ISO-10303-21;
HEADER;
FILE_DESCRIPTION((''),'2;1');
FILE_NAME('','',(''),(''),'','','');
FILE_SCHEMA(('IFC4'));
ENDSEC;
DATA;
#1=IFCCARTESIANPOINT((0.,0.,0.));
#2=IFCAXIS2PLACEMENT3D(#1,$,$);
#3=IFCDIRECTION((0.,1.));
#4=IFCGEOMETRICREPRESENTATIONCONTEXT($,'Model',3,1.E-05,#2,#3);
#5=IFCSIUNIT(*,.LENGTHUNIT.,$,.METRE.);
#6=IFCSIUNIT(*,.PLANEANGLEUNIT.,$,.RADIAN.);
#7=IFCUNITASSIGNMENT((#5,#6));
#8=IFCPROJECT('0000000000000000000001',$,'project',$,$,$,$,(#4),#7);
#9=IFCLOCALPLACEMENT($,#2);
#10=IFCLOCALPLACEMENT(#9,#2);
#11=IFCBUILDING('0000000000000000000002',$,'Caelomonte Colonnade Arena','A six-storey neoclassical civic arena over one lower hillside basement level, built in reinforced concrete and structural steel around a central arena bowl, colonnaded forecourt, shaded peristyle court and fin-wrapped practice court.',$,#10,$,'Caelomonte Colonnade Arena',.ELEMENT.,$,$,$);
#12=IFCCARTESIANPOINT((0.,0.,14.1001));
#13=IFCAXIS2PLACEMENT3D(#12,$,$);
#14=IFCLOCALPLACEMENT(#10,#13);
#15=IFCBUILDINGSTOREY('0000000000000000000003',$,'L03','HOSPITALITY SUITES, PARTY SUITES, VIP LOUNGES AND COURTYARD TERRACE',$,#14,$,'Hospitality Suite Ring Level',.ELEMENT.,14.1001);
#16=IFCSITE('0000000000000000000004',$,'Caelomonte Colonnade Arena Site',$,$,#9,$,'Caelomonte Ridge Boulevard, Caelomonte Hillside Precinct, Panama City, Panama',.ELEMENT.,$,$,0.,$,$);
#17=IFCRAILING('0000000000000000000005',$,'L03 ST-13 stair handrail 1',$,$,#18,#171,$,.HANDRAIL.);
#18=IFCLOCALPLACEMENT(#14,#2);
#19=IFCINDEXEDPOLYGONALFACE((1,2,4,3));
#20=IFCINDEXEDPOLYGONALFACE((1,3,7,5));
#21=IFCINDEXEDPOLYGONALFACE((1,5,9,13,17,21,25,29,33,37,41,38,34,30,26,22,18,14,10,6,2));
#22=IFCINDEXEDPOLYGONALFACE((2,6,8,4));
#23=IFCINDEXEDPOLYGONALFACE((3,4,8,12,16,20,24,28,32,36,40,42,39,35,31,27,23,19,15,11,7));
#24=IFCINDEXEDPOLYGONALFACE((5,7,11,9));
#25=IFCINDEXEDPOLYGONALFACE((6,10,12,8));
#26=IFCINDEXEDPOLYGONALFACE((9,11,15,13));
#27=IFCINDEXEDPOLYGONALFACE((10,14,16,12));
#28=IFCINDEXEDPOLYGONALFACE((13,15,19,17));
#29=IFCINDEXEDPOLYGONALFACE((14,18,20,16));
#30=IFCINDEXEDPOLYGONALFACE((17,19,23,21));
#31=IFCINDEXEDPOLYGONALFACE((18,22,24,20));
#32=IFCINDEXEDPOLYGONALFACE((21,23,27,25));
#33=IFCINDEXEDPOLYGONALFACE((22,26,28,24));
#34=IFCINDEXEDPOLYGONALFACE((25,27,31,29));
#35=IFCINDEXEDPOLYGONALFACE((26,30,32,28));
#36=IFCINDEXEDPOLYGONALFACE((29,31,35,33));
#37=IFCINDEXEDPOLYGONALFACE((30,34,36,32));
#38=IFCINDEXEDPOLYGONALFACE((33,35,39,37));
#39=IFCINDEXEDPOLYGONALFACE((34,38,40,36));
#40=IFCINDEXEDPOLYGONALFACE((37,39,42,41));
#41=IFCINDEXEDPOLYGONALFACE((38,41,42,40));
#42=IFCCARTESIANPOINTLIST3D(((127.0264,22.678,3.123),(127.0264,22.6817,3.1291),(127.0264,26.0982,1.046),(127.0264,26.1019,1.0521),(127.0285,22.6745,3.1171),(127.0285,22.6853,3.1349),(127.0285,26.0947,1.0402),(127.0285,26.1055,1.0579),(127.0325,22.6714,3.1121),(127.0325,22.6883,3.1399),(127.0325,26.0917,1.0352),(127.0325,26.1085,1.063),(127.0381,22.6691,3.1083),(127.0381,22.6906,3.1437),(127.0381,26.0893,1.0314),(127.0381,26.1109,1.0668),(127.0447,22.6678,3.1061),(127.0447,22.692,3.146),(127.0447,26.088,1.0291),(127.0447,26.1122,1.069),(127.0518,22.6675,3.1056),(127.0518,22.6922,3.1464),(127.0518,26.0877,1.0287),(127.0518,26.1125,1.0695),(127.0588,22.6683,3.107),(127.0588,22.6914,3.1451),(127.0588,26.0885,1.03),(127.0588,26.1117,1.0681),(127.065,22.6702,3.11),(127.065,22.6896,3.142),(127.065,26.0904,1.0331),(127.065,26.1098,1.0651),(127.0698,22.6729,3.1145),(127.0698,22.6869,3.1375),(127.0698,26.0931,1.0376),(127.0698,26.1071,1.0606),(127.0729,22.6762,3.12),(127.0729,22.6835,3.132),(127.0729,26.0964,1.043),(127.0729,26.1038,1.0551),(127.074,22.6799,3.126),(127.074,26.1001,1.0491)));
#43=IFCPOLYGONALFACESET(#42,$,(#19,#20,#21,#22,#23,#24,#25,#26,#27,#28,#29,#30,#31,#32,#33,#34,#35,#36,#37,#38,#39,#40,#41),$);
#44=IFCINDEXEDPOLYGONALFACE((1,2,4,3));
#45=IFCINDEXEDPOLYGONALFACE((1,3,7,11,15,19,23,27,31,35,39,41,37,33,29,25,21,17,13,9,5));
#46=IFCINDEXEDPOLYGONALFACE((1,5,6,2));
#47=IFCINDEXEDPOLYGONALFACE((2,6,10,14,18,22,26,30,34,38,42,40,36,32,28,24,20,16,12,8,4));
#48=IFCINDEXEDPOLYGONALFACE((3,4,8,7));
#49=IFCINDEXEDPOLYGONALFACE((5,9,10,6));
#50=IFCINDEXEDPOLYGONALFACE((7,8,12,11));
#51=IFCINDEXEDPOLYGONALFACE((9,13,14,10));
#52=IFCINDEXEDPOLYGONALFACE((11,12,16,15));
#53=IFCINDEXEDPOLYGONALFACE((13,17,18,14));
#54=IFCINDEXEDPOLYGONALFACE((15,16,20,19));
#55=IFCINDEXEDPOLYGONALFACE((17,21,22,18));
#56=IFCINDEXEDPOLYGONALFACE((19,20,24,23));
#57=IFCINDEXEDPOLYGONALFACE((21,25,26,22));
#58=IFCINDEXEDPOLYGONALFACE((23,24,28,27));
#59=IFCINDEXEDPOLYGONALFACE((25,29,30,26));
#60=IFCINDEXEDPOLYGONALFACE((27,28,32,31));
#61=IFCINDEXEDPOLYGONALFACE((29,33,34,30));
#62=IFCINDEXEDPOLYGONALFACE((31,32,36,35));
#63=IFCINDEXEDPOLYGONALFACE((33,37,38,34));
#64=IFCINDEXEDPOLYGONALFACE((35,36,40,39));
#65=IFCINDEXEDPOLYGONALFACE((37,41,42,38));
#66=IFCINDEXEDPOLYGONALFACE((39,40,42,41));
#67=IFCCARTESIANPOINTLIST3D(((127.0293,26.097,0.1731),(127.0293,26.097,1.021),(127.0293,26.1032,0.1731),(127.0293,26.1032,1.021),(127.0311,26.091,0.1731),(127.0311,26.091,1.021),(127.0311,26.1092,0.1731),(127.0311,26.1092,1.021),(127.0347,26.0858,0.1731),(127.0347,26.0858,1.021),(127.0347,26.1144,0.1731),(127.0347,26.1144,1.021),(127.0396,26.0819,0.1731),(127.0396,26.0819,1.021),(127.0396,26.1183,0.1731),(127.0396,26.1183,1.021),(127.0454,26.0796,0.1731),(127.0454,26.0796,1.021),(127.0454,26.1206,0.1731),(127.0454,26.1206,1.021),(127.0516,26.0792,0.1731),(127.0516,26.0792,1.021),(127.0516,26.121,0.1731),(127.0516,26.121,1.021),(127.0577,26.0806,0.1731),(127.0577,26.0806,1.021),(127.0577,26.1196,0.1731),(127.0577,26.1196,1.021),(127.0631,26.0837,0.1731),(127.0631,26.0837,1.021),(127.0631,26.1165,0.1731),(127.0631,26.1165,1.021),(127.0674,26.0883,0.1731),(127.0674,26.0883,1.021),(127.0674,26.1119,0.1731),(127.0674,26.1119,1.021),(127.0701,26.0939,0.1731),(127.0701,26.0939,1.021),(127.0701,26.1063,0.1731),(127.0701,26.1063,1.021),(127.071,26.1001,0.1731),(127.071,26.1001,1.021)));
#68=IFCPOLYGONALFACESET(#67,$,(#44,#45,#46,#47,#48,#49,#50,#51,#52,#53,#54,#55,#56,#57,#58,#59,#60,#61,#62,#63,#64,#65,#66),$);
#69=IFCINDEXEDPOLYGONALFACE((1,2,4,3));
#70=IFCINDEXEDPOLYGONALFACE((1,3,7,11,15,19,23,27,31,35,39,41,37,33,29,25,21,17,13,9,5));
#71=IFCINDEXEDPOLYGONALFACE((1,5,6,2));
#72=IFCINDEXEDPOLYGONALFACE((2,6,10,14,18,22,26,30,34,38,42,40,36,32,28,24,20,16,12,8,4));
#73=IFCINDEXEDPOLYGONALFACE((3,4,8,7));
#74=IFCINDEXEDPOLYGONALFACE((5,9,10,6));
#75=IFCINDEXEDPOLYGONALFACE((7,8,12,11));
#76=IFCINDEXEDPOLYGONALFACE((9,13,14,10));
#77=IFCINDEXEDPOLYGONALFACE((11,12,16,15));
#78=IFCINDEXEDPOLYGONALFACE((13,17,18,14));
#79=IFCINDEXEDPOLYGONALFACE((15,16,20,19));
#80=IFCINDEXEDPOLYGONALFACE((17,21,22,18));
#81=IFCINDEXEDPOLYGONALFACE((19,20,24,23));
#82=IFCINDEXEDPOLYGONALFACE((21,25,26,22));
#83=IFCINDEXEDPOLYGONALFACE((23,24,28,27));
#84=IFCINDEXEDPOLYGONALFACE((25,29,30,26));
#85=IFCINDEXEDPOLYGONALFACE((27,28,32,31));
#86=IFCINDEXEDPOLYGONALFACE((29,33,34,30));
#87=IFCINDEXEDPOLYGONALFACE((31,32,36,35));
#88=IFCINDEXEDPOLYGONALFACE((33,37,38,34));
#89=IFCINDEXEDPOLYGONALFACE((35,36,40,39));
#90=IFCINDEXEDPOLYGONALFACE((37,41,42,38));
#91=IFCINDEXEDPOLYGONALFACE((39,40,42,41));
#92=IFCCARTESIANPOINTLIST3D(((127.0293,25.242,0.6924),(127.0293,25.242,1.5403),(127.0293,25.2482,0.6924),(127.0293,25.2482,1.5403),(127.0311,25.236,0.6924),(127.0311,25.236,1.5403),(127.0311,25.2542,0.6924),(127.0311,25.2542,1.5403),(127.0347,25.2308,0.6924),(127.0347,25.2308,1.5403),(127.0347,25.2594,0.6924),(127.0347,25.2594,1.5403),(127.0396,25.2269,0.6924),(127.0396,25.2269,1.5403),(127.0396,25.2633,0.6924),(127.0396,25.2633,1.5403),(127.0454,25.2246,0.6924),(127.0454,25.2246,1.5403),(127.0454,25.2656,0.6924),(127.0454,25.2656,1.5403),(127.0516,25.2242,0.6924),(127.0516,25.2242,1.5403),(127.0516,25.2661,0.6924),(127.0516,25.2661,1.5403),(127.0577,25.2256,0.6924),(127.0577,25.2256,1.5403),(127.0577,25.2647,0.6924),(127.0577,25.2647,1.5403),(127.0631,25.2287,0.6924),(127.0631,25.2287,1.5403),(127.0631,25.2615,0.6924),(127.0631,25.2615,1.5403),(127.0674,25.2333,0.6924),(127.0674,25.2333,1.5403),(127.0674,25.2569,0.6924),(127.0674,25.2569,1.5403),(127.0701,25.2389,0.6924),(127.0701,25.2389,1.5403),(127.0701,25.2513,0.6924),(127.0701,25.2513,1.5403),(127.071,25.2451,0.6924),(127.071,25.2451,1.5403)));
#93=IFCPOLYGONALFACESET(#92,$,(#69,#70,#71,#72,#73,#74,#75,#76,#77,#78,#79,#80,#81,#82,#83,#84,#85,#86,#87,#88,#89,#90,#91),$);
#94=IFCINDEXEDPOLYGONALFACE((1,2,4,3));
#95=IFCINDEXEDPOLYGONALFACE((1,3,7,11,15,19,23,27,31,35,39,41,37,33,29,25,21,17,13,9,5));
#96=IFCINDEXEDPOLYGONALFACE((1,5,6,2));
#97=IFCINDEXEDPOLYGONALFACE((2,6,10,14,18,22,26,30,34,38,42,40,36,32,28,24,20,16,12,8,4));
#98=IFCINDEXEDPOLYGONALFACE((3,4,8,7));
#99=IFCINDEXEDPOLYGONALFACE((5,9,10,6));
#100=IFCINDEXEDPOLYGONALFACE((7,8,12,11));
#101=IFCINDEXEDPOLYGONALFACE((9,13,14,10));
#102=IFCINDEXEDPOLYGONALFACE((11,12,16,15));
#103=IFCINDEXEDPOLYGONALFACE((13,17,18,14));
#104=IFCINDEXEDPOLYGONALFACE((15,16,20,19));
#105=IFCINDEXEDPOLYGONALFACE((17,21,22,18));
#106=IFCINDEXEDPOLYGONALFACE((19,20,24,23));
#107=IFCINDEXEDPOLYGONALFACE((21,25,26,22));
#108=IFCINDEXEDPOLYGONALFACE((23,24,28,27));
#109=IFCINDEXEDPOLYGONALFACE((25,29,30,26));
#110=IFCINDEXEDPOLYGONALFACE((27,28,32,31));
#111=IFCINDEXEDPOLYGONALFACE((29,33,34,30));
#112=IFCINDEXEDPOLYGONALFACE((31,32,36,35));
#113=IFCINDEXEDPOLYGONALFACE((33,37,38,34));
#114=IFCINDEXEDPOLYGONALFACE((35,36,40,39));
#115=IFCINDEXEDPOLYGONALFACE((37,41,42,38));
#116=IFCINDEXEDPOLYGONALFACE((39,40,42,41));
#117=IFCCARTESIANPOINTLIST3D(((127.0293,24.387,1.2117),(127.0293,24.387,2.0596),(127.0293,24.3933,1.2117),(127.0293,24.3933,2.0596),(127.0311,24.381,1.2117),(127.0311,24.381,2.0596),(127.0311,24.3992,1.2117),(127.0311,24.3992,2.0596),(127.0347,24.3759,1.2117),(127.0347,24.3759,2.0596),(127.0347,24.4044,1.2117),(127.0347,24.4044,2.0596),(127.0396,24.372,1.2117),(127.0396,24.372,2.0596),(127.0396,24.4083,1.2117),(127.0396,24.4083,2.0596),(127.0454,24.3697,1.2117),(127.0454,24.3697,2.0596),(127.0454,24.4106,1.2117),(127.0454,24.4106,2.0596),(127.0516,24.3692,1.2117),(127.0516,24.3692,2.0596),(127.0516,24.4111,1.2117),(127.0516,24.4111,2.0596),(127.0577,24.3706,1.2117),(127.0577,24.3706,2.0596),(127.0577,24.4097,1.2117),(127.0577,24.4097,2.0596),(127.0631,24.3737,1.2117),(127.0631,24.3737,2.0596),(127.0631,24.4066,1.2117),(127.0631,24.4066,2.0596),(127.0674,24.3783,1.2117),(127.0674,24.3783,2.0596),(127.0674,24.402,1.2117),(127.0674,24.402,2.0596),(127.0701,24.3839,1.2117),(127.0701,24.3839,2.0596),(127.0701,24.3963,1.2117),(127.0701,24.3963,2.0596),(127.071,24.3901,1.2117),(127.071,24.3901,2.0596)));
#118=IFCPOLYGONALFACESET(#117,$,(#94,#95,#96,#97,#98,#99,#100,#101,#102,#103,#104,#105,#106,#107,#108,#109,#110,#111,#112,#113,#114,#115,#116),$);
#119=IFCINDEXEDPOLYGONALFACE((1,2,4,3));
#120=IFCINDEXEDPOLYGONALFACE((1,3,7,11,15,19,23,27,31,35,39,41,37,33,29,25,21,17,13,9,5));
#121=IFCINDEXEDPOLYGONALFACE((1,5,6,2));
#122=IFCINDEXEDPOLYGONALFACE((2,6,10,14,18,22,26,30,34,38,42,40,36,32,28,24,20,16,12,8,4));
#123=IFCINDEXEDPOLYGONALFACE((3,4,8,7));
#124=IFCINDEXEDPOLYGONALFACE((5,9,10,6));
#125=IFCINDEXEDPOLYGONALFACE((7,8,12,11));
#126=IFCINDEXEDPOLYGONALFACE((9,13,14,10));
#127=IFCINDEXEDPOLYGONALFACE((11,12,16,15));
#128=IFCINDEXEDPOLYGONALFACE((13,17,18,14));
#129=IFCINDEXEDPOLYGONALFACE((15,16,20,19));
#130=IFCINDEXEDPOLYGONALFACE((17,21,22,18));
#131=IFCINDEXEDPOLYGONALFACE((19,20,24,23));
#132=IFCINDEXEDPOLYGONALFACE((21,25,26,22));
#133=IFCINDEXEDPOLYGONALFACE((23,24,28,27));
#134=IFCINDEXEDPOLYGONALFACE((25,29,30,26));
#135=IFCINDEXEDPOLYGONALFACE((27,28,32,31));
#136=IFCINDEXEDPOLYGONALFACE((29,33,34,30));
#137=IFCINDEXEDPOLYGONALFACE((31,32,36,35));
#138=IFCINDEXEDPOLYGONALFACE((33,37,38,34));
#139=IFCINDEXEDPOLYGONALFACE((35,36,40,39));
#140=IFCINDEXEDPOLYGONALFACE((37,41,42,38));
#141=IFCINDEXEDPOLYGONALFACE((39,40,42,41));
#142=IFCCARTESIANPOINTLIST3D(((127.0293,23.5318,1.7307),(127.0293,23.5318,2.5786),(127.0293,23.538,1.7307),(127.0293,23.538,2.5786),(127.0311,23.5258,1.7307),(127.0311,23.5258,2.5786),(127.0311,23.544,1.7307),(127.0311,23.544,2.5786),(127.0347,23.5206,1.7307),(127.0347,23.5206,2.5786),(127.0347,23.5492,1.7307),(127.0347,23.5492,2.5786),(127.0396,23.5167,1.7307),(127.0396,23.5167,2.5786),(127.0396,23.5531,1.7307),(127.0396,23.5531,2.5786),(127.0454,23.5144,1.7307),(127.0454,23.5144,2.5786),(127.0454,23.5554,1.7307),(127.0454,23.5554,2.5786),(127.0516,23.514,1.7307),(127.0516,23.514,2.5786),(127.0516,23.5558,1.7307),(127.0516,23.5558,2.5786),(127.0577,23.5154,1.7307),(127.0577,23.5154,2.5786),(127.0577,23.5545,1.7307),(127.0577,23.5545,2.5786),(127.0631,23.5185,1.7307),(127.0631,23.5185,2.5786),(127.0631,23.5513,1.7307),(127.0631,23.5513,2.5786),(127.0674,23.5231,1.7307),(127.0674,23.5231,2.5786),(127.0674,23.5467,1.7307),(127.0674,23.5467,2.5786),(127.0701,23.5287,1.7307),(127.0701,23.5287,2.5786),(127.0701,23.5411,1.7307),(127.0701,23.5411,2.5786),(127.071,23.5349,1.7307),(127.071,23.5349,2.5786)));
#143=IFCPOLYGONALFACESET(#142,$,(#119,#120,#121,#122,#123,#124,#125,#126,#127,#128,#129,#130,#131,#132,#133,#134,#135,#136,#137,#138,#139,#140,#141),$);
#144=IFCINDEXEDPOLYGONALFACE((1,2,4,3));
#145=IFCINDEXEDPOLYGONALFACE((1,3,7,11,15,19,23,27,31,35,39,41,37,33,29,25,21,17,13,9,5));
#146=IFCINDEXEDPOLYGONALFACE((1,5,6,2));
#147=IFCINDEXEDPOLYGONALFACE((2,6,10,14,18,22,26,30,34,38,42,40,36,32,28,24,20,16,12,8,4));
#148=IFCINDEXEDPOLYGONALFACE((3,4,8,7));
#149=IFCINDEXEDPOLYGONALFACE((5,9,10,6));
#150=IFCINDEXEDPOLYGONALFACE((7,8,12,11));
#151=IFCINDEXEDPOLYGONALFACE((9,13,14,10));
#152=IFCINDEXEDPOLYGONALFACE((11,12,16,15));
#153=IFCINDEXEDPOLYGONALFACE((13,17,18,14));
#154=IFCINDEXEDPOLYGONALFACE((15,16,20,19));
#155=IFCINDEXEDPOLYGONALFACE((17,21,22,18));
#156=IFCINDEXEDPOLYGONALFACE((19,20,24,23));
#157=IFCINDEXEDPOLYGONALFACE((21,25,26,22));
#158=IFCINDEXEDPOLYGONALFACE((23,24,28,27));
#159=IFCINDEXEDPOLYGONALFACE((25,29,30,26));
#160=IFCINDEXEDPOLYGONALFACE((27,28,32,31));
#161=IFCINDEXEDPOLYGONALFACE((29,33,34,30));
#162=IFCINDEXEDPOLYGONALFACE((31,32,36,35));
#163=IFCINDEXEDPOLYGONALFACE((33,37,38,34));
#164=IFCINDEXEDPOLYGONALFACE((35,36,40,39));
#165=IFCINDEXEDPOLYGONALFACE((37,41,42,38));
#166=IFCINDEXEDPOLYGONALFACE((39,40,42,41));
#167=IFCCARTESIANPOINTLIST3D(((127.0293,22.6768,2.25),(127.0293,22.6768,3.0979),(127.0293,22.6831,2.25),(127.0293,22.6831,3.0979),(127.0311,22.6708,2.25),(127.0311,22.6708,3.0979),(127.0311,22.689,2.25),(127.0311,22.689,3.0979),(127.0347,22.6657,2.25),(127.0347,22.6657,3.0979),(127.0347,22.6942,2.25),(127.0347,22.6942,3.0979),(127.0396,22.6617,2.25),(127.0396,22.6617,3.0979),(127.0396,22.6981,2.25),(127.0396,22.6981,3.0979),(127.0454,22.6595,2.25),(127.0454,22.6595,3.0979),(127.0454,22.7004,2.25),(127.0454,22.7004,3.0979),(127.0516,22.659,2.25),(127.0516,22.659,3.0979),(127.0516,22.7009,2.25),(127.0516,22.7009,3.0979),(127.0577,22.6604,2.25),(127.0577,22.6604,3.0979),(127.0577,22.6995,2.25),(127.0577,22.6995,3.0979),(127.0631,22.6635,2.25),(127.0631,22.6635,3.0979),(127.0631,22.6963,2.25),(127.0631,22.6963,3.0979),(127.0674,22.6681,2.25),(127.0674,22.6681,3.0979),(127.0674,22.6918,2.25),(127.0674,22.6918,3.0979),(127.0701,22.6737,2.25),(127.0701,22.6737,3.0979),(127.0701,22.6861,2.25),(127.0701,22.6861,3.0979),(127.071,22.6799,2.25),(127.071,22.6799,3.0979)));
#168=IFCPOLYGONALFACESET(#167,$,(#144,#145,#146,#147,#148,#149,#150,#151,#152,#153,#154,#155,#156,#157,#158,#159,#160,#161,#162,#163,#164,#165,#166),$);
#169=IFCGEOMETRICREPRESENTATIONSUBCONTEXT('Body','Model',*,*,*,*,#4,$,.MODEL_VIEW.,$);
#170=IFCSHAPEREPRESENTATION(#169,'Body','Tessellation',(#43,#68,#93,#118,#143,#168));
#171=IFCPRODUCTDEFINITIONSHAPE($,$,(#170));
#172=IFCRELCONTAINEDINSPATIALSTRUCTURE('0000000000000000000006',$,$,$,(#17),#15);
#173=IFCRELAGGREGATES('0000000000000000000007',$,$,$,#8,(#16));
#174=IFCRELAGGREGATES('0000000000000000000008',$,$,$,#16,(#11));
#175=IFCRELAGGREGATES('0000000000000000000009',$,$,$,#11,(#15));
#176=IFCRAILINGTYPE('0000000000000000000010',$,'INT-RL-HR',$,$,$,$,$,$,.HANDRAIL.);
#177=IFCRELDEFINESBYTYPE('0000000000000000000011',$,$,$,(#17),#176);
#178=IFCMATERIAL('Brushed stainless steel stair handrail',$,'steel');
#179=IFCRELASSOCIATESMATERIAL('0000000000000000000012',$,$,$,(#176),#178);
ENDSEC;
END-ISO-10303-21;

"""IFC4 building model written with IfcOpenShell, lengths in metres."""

from ifc_helpers import new_model, si_unit, direction, frame, origin, origin_2d, place, context, subcontext, project, spatial, circle, extrude, material, type_object, element, save


model = new_model("IFC4")

# Units and contexts
model_context = context("Model", 3, precision=1e-05, world=origin(), true_north=direction((0.0, 1.0)))
body_context = subcontext(model_context, "Body", "Model", "MODEL_VIEW")
ifc_project = project(units=[si_unit("LENGTHUNIT", "METRE"), si_unit("PLANEANGLEUNIT", "RADIAN")], contexts=[model_context])

# Site, building, storey
site_placement = place(None, origin())
site = spatial("IfcSite", under=ifc_project, at=site_placement, Name="Caelomonte Colonnade Arena Site", LongName="Caelomonte Ridge Boulevard, Caelomonte Hillside Precinct, Panama City, Panama", CompositionType="ELEMENT", RefElevation=0.0)
building_placement = place(site_placement, origin())
building = spatial("IfcBuilding", under=site, at=building_placement, Name="Caelomonte Colonnade Arena", Description="A six-storey neoclassical civic arena over one lower hillside basement level, built in reinforced concrete and structural steel around a central arena bowl, colonnaded forecourt, shaded peristyle court and fin-wrapped practice court.", LongName="Caelomonte Colonnade Arena", CompositionType="ELEMENT")
storey_placement = place(building_placement, frame((0.0, 0.0, 14.1001)))
storey = spatial("IfcBuildingStorey", under=building, at=storey_placement, Name="L03", Description="HOSPITALITY SUITES, PARTY SUITES, VIP LOUNGES AND COURTYARD TERRACE", LongName="Hospitality Suite Ring Level", CompositionType="ELEMENT", Elevation=14.1001)

# Railing
ifc_material_1 = material(Name="Brushed stainless steel stair handrail", Category="steel")
railing_type_1 = type_object("IfcRailingType", Name="INT-RL-HR", PredefinedType="HANDRAIL", material=ifc_material_1)
railing_1_placement = place(storey_placement, frame((127.05, 26.1001, 0.1731)))
element("IfcRailing", 1, at=railing_1_placement, inside=storey, type_object=railing_type_1, Name="L03 ST-13 stair handrail 1", PredefinedType="HANDRAIL", context=body_context, shape_type="SweptSolid", body=[
    extrude(circle(Radius=0.0239, at=origin_2d()), frame((0.0, 0.0, 0.876), z_axis=(0.0, -0.854746, 0.519047), x_axis=(1.0, 0.0, 0.0)), (0.0, 0.0, 1.0), 4.0015),
    extrude(circle(Radius=0.021, at=origin_2d()), origin(), (0.0, 0.0, 1.0), 0.8479),
    extrude(circle(Radius=0.021, at=origin_2d()), frame((0.0, -0.855, 0.5193)), (0.0, 0.0, 1.0), 0.8479),
    extrude(circle(Radius=0.021, at=origin_2d()), frame((0.0, -1.71, 1.0386)), (0.0, 0.0, 1.0), 0.8479),
    extrude(circle(Radius=0.021, at=origin_2d()), frame((0.0, -2.5652, 1.5576)), (0.0, 0.0, 1.0), 0.8479),
    extrude(circle(Radius=0.021, at=origin_2d()), frame((0.0, -3.4202, 2.0769)), (0.0, 0.0, 1.0), 0.8479),
])

save(model, "model.ifc")
